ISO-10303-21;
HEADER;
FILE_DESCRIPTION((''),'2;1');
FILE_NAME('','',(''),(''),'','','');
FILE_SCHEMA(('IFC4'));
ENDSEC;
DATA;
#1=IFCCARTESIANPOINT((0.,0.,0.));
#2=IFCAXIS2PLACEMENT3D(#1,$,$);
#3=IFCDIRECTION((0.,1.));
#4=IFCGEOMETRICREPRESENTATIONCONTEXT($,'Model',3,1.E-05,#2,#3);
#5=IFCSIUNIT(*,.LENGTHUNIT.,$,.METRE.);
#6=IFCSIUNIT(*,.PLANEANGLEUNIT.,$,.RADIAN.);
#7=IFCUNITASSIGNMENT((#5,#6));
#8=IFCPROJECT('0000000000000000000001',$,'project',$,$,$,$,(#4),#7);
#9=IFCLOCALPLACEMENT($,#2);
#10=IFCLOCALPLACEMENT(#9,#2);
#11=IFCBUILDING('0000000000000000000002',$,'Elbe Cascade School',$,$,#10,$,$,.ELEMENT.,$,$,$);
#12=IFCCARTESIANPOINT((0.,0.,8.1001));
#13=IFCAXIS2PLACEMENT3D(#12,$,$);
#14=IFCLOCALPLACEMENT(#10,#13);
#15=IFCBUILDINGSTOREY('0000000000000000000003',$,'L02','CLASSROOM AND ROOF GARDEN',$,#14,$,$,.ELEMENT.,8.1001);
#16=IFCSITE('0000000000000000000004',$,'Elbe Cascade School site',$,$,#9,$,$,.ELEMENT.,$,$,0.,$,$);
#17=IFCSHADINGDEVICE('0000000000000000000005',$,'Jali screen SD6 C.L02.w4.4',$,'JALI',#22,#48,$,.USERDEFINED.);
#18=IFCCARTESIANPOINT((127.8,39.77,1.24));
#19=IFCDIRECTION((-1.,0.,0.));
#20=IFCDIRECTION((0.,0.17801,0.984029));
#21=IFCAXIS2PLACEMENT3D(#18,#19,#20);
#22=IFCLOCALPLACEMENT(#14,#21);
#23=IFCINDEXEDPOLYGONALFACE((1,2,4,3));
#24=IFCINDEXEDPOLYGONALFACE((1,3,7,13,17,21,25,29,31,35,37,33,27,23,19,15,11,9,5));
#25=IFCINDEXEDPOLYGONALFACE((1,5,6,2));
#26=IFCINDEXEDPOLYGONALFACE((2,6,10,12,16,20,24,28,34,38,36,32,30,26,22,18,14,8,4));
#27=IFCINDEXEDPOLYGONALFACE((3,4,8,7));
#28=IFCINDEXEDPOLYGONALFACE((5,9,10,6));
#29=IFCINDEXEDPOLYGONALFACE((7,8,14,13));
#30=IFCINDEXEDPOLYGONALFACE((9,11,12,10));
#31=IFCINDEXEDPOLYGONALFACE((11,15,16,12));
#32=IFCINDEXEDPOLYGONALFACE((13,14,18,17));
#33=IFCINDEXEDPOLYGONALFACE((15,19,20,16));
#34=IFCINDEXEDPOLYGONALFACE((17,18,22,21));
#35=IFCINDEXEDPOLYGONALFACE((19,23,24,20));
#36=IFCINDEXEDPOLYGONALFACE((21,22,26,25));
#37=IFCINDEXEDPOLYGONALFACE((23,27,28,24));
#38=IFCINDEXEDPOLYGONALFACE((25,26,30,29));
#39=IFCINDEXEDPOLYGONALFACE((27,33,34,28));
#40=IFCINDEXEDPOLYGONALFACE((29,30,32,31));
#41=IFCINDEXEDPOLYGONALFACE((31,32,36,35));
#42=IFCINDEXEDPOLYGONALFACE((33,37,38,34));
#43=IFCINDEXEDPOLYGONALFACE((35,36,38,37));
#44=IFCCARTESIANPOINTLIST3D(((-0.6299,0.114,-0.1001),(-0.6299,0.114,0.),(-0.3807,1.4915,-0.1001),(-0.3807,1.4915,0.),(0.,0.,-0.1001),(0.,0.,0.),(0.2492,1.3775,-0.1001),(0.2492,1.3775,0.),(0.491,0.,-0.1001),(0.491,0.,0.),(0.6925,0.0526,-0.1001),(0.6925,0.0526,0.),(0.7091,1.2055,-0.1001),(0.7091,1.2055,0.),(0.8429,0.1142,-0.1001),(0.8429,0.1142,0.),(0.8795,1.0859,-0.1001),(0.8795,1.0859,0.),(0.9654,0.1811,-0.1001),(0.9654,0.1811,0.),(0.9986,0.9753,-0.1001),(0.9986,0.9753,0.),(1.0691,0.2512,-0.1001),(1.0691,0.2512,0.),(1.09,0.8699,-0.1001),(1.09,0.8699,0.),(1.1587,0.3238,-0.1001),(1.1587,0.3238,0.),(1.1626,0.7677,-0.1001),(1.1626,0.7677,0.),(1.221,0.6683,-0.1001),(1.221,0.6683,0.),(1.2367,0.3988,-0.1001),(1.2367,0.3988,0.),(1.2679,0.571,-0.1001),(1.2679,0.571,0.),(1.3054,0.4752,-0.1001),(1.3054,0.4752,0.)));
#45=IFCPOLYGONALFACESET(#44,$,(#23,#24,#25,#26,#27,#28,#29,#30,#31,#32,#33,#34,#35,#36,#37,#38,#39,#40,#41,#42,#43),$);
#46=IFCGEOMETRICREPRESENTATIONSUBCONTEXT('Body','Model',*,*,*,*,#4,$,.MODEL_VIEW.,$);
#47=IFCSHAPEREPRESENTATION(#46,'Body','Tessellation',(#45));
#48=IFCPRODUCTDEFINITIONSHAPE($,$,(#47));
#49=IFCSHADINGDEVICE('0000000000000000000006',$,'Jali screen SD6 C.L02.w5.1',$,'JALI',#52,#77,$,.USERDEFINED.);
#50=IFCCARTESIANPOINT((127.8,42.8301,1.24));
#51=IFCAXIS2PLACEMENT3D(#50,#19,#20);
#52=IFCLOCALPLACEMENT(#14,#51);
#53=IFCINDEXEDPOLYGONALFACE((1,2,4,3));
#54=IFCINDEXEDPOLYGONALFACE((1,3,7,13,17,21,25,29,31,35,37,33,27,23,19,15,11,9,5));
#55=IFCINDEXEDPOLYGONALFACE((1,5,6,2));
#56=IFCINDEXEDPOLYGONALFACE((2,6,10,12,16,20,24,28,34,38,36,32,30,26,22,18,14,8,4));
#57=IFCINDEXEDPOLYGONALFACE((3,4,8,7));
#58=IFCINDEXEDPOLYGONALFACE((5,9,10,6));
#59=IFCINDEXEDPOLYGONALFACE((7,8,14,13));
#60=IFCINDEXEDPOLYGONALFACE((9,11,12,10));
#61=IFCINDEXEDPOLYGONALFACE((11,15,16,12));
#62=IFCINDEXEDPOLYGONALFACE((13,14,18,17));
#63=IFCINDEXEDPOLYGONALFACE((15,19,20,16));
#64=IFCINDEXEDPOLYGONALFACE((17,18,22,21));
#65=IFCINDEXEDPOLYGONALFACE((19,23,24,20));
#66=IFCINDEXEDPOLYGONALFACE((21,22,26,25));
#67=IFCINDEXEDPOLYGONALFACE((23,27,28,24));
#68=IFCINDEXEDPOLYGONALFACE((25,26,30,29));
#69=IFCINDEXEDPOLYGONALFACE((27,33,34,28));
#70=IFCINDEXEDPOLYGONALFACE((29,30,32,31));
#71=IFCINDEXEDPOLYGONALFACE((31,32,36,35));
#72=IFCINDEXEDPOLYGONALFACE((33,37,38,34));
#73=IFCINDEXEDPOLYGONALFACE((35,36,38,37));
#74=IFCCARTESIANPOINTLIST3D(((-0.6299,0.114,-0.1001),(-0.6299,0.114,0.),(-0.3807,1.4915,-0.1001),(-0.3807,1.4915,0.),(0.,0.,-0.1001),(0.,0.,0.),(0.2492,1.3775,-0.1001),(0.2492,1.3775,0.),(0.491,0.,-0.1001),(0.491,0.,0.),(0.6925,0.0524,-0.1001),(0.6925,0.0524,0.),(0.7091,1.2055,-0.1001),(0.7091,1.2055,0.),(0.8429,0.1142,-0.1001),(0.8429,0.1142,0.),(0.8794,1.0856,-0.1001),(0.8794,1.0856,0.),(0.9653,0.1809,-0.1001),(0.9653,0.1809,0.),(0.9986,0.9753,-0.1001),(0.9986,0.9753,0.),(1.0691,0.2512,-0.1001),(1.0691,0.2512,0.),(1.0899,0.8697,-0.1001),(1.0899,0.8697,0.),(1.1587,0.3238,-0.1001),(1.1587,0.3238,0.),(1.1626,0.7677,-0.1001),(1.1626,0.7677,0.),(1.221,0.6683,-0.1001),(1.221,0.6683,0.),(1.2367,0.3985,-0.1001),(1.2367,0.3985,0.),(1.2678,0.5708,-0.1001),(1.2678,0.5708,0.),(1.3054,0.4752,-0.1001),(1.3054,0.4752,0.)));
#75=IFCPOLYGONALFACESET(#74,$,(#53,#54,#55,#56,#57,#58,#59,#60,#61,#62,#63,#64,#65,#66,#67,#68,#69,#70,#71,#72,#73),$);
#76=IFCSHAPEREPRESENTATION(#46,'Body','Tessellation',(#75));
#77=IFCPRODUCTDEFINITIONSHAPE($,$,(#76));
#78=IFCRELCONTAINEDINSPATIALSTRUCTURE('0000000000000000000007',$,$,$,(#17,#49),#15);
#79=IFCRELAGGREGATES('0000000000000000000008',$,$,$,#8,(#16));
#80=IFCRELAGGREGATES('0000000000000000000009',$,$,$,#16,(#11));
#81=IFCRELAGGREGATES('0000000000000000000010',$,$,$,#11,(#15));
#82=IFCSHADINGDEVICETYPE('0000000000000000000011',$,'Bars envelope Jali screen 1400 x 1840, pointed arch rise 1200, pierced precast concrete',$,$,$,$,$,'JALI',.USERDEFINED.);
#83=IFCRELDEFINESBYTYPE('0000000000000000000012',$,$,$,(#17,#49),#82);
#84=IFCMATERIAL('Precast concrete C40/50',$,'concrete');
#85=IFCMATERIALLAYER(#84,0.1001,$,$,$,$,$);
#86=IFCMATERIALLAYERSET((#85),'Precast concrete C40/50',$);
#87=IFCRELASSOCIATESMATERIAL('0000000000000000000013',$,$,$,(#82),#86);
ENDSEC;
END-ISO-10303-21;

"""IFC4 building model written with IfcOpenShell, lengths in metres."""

from ifc_helpers import new_model, si_unit, direction, frame, origin, place, context, subcontext, project, spatial, polyline, outline, extrude, material, layer, layer_set, type_object, element, save


model = new_model("IFC4")

# Units and contexts
model_context = context("Model", 3, precision=1e-05, world=origin(), true_north=direction((0.0, 1.0)))
body_context = subcontext(model_context, "Body", "Model", "MODEL_VIEW")
ifc_project = project(units=[si_unit("LENGTHUNIT", "METRE"), si_unit("PLANEANGLEUNIT", "RADIAN")], contexts=[model_context])

# Site, building, storey
site_placement = place(None, origin())
site = spatial("IfcSite", under=ifc_project, at=site_placement, Name="Elbe Cascade School site", CompositionType="ELEMENT", RefElevation=0.0)
building_placement = place(site_placement, origin())
building = spatial("IfcBuilding", under=site, at=building_placement, Name="Elbe Cascade School", CompositionType="ELEMENT")
storey_placement = place(building_placement, frame((0.0, 0.0, 8.1001)))
storey = spatial("IfcBuildingStorey", under=building, at=storey_placement, Name="L02", Description="CLASSROOM AND ROOF GARDEN", CompositionType="ELEMENT", Elevation=8.1001)

# Shading devices
ifc_material_1 = material(Name="Precast concrete C40/50", Category="concrete")
ifc_layer_1 = layer(ifc_material_1, 0.1001)
ifc_layer_set_1 = layer_set([ifc_layer_1], Name="Precast concrete C40/50")
shading_device_type = type_object("IfcShadingDeviceType", Name="Bars envelope Jali screen 1400 x 1840, pointed arch rise 1200, pierced precast concrete", ElementType="JALI", PredefinedType="USERDEFINED", material=ifc_layer_set_1)
shading_device_1_placement = place(storey_placement, frame((127.8, 39.77, 1.24), z_axis=(-1.0, 0.0, 0.0), x_axis=(0.0, 0.17801, 0.984029)))
element("IfcShadingDevice", 1, at=shading_device_1_placement, inside=storey, type_object=shading_device_type, Name="Jali screen SD6 C.L02.w4.4", ObjectType="JALI", PredefinedType="USERDEFINED", context=body_context, shape_type="SweptSolid", body=[
    extrude(outline(polyline([(0.0, 0.0), (0.491, 0.0), (0.6925, 0.0526), (0.8429, 0.1142), (0.9654, 0.1811), (1.0691, 0.2512), (1.1587, 0.3238), (1.2367, 0.3988), (1.3054, 0.4752), (1.2679, 0.571), (1.221, 0.6683), (1.1626, 0.7677), (1.09, 0.8699), (0.9986, 0.9753), (0.8795, 1.0859), (0.7091, 1.2055), (0.2492, 1.3775), (-0.3807, 1.4915), (-0.6299, 0.114), (0.0, 0.0)])), origin(), (0.0, 0.0, -1.0), 0.1001),
])
shading_device_2_placement = place(storey_placement, frame((127.8, 42.8301, 1.24), z_axis=(-1.0, 0.0, 0.0), x_axis=(0.0, 0.17801, 0.984029)))
element("IfcShadingDevice", 2, at=shading_device_2_placement, inside=storey, type_object=shading_device_type, Name="Jali screen SD6 C.L02.w5.1", ObjectType="JALI", PredefinedType="USERDEFINED", context=body_context, shape_type="SweptSolid", body=[
    extrude(outline(polyline([(0.0, 0.0), (0.491, 0.0), (0.6925, 0.0524), (0.8429, 0.1142), (0.9653, 0.1809), (1.0691, 0.2512), (1.1587, 0.3238), (1.2367, 0.3985), (1.3054, 0.4752), (1.2678, 0.5708), (1.221, 0.6683), (1.1626, 0.7677), (1.0899, 0.8697), (0.9986, 0.9753), (0.8794, 1.0856), (0.7091, 1.2055), (0.2492, 1.3775), (-0.3807, 1.4915), (-0.6299, 0.114), (0.0, 0.0)])), origin(), (0.0, 0.0, -1.0), 0.1001),
])

save(model, "model.ifc")
